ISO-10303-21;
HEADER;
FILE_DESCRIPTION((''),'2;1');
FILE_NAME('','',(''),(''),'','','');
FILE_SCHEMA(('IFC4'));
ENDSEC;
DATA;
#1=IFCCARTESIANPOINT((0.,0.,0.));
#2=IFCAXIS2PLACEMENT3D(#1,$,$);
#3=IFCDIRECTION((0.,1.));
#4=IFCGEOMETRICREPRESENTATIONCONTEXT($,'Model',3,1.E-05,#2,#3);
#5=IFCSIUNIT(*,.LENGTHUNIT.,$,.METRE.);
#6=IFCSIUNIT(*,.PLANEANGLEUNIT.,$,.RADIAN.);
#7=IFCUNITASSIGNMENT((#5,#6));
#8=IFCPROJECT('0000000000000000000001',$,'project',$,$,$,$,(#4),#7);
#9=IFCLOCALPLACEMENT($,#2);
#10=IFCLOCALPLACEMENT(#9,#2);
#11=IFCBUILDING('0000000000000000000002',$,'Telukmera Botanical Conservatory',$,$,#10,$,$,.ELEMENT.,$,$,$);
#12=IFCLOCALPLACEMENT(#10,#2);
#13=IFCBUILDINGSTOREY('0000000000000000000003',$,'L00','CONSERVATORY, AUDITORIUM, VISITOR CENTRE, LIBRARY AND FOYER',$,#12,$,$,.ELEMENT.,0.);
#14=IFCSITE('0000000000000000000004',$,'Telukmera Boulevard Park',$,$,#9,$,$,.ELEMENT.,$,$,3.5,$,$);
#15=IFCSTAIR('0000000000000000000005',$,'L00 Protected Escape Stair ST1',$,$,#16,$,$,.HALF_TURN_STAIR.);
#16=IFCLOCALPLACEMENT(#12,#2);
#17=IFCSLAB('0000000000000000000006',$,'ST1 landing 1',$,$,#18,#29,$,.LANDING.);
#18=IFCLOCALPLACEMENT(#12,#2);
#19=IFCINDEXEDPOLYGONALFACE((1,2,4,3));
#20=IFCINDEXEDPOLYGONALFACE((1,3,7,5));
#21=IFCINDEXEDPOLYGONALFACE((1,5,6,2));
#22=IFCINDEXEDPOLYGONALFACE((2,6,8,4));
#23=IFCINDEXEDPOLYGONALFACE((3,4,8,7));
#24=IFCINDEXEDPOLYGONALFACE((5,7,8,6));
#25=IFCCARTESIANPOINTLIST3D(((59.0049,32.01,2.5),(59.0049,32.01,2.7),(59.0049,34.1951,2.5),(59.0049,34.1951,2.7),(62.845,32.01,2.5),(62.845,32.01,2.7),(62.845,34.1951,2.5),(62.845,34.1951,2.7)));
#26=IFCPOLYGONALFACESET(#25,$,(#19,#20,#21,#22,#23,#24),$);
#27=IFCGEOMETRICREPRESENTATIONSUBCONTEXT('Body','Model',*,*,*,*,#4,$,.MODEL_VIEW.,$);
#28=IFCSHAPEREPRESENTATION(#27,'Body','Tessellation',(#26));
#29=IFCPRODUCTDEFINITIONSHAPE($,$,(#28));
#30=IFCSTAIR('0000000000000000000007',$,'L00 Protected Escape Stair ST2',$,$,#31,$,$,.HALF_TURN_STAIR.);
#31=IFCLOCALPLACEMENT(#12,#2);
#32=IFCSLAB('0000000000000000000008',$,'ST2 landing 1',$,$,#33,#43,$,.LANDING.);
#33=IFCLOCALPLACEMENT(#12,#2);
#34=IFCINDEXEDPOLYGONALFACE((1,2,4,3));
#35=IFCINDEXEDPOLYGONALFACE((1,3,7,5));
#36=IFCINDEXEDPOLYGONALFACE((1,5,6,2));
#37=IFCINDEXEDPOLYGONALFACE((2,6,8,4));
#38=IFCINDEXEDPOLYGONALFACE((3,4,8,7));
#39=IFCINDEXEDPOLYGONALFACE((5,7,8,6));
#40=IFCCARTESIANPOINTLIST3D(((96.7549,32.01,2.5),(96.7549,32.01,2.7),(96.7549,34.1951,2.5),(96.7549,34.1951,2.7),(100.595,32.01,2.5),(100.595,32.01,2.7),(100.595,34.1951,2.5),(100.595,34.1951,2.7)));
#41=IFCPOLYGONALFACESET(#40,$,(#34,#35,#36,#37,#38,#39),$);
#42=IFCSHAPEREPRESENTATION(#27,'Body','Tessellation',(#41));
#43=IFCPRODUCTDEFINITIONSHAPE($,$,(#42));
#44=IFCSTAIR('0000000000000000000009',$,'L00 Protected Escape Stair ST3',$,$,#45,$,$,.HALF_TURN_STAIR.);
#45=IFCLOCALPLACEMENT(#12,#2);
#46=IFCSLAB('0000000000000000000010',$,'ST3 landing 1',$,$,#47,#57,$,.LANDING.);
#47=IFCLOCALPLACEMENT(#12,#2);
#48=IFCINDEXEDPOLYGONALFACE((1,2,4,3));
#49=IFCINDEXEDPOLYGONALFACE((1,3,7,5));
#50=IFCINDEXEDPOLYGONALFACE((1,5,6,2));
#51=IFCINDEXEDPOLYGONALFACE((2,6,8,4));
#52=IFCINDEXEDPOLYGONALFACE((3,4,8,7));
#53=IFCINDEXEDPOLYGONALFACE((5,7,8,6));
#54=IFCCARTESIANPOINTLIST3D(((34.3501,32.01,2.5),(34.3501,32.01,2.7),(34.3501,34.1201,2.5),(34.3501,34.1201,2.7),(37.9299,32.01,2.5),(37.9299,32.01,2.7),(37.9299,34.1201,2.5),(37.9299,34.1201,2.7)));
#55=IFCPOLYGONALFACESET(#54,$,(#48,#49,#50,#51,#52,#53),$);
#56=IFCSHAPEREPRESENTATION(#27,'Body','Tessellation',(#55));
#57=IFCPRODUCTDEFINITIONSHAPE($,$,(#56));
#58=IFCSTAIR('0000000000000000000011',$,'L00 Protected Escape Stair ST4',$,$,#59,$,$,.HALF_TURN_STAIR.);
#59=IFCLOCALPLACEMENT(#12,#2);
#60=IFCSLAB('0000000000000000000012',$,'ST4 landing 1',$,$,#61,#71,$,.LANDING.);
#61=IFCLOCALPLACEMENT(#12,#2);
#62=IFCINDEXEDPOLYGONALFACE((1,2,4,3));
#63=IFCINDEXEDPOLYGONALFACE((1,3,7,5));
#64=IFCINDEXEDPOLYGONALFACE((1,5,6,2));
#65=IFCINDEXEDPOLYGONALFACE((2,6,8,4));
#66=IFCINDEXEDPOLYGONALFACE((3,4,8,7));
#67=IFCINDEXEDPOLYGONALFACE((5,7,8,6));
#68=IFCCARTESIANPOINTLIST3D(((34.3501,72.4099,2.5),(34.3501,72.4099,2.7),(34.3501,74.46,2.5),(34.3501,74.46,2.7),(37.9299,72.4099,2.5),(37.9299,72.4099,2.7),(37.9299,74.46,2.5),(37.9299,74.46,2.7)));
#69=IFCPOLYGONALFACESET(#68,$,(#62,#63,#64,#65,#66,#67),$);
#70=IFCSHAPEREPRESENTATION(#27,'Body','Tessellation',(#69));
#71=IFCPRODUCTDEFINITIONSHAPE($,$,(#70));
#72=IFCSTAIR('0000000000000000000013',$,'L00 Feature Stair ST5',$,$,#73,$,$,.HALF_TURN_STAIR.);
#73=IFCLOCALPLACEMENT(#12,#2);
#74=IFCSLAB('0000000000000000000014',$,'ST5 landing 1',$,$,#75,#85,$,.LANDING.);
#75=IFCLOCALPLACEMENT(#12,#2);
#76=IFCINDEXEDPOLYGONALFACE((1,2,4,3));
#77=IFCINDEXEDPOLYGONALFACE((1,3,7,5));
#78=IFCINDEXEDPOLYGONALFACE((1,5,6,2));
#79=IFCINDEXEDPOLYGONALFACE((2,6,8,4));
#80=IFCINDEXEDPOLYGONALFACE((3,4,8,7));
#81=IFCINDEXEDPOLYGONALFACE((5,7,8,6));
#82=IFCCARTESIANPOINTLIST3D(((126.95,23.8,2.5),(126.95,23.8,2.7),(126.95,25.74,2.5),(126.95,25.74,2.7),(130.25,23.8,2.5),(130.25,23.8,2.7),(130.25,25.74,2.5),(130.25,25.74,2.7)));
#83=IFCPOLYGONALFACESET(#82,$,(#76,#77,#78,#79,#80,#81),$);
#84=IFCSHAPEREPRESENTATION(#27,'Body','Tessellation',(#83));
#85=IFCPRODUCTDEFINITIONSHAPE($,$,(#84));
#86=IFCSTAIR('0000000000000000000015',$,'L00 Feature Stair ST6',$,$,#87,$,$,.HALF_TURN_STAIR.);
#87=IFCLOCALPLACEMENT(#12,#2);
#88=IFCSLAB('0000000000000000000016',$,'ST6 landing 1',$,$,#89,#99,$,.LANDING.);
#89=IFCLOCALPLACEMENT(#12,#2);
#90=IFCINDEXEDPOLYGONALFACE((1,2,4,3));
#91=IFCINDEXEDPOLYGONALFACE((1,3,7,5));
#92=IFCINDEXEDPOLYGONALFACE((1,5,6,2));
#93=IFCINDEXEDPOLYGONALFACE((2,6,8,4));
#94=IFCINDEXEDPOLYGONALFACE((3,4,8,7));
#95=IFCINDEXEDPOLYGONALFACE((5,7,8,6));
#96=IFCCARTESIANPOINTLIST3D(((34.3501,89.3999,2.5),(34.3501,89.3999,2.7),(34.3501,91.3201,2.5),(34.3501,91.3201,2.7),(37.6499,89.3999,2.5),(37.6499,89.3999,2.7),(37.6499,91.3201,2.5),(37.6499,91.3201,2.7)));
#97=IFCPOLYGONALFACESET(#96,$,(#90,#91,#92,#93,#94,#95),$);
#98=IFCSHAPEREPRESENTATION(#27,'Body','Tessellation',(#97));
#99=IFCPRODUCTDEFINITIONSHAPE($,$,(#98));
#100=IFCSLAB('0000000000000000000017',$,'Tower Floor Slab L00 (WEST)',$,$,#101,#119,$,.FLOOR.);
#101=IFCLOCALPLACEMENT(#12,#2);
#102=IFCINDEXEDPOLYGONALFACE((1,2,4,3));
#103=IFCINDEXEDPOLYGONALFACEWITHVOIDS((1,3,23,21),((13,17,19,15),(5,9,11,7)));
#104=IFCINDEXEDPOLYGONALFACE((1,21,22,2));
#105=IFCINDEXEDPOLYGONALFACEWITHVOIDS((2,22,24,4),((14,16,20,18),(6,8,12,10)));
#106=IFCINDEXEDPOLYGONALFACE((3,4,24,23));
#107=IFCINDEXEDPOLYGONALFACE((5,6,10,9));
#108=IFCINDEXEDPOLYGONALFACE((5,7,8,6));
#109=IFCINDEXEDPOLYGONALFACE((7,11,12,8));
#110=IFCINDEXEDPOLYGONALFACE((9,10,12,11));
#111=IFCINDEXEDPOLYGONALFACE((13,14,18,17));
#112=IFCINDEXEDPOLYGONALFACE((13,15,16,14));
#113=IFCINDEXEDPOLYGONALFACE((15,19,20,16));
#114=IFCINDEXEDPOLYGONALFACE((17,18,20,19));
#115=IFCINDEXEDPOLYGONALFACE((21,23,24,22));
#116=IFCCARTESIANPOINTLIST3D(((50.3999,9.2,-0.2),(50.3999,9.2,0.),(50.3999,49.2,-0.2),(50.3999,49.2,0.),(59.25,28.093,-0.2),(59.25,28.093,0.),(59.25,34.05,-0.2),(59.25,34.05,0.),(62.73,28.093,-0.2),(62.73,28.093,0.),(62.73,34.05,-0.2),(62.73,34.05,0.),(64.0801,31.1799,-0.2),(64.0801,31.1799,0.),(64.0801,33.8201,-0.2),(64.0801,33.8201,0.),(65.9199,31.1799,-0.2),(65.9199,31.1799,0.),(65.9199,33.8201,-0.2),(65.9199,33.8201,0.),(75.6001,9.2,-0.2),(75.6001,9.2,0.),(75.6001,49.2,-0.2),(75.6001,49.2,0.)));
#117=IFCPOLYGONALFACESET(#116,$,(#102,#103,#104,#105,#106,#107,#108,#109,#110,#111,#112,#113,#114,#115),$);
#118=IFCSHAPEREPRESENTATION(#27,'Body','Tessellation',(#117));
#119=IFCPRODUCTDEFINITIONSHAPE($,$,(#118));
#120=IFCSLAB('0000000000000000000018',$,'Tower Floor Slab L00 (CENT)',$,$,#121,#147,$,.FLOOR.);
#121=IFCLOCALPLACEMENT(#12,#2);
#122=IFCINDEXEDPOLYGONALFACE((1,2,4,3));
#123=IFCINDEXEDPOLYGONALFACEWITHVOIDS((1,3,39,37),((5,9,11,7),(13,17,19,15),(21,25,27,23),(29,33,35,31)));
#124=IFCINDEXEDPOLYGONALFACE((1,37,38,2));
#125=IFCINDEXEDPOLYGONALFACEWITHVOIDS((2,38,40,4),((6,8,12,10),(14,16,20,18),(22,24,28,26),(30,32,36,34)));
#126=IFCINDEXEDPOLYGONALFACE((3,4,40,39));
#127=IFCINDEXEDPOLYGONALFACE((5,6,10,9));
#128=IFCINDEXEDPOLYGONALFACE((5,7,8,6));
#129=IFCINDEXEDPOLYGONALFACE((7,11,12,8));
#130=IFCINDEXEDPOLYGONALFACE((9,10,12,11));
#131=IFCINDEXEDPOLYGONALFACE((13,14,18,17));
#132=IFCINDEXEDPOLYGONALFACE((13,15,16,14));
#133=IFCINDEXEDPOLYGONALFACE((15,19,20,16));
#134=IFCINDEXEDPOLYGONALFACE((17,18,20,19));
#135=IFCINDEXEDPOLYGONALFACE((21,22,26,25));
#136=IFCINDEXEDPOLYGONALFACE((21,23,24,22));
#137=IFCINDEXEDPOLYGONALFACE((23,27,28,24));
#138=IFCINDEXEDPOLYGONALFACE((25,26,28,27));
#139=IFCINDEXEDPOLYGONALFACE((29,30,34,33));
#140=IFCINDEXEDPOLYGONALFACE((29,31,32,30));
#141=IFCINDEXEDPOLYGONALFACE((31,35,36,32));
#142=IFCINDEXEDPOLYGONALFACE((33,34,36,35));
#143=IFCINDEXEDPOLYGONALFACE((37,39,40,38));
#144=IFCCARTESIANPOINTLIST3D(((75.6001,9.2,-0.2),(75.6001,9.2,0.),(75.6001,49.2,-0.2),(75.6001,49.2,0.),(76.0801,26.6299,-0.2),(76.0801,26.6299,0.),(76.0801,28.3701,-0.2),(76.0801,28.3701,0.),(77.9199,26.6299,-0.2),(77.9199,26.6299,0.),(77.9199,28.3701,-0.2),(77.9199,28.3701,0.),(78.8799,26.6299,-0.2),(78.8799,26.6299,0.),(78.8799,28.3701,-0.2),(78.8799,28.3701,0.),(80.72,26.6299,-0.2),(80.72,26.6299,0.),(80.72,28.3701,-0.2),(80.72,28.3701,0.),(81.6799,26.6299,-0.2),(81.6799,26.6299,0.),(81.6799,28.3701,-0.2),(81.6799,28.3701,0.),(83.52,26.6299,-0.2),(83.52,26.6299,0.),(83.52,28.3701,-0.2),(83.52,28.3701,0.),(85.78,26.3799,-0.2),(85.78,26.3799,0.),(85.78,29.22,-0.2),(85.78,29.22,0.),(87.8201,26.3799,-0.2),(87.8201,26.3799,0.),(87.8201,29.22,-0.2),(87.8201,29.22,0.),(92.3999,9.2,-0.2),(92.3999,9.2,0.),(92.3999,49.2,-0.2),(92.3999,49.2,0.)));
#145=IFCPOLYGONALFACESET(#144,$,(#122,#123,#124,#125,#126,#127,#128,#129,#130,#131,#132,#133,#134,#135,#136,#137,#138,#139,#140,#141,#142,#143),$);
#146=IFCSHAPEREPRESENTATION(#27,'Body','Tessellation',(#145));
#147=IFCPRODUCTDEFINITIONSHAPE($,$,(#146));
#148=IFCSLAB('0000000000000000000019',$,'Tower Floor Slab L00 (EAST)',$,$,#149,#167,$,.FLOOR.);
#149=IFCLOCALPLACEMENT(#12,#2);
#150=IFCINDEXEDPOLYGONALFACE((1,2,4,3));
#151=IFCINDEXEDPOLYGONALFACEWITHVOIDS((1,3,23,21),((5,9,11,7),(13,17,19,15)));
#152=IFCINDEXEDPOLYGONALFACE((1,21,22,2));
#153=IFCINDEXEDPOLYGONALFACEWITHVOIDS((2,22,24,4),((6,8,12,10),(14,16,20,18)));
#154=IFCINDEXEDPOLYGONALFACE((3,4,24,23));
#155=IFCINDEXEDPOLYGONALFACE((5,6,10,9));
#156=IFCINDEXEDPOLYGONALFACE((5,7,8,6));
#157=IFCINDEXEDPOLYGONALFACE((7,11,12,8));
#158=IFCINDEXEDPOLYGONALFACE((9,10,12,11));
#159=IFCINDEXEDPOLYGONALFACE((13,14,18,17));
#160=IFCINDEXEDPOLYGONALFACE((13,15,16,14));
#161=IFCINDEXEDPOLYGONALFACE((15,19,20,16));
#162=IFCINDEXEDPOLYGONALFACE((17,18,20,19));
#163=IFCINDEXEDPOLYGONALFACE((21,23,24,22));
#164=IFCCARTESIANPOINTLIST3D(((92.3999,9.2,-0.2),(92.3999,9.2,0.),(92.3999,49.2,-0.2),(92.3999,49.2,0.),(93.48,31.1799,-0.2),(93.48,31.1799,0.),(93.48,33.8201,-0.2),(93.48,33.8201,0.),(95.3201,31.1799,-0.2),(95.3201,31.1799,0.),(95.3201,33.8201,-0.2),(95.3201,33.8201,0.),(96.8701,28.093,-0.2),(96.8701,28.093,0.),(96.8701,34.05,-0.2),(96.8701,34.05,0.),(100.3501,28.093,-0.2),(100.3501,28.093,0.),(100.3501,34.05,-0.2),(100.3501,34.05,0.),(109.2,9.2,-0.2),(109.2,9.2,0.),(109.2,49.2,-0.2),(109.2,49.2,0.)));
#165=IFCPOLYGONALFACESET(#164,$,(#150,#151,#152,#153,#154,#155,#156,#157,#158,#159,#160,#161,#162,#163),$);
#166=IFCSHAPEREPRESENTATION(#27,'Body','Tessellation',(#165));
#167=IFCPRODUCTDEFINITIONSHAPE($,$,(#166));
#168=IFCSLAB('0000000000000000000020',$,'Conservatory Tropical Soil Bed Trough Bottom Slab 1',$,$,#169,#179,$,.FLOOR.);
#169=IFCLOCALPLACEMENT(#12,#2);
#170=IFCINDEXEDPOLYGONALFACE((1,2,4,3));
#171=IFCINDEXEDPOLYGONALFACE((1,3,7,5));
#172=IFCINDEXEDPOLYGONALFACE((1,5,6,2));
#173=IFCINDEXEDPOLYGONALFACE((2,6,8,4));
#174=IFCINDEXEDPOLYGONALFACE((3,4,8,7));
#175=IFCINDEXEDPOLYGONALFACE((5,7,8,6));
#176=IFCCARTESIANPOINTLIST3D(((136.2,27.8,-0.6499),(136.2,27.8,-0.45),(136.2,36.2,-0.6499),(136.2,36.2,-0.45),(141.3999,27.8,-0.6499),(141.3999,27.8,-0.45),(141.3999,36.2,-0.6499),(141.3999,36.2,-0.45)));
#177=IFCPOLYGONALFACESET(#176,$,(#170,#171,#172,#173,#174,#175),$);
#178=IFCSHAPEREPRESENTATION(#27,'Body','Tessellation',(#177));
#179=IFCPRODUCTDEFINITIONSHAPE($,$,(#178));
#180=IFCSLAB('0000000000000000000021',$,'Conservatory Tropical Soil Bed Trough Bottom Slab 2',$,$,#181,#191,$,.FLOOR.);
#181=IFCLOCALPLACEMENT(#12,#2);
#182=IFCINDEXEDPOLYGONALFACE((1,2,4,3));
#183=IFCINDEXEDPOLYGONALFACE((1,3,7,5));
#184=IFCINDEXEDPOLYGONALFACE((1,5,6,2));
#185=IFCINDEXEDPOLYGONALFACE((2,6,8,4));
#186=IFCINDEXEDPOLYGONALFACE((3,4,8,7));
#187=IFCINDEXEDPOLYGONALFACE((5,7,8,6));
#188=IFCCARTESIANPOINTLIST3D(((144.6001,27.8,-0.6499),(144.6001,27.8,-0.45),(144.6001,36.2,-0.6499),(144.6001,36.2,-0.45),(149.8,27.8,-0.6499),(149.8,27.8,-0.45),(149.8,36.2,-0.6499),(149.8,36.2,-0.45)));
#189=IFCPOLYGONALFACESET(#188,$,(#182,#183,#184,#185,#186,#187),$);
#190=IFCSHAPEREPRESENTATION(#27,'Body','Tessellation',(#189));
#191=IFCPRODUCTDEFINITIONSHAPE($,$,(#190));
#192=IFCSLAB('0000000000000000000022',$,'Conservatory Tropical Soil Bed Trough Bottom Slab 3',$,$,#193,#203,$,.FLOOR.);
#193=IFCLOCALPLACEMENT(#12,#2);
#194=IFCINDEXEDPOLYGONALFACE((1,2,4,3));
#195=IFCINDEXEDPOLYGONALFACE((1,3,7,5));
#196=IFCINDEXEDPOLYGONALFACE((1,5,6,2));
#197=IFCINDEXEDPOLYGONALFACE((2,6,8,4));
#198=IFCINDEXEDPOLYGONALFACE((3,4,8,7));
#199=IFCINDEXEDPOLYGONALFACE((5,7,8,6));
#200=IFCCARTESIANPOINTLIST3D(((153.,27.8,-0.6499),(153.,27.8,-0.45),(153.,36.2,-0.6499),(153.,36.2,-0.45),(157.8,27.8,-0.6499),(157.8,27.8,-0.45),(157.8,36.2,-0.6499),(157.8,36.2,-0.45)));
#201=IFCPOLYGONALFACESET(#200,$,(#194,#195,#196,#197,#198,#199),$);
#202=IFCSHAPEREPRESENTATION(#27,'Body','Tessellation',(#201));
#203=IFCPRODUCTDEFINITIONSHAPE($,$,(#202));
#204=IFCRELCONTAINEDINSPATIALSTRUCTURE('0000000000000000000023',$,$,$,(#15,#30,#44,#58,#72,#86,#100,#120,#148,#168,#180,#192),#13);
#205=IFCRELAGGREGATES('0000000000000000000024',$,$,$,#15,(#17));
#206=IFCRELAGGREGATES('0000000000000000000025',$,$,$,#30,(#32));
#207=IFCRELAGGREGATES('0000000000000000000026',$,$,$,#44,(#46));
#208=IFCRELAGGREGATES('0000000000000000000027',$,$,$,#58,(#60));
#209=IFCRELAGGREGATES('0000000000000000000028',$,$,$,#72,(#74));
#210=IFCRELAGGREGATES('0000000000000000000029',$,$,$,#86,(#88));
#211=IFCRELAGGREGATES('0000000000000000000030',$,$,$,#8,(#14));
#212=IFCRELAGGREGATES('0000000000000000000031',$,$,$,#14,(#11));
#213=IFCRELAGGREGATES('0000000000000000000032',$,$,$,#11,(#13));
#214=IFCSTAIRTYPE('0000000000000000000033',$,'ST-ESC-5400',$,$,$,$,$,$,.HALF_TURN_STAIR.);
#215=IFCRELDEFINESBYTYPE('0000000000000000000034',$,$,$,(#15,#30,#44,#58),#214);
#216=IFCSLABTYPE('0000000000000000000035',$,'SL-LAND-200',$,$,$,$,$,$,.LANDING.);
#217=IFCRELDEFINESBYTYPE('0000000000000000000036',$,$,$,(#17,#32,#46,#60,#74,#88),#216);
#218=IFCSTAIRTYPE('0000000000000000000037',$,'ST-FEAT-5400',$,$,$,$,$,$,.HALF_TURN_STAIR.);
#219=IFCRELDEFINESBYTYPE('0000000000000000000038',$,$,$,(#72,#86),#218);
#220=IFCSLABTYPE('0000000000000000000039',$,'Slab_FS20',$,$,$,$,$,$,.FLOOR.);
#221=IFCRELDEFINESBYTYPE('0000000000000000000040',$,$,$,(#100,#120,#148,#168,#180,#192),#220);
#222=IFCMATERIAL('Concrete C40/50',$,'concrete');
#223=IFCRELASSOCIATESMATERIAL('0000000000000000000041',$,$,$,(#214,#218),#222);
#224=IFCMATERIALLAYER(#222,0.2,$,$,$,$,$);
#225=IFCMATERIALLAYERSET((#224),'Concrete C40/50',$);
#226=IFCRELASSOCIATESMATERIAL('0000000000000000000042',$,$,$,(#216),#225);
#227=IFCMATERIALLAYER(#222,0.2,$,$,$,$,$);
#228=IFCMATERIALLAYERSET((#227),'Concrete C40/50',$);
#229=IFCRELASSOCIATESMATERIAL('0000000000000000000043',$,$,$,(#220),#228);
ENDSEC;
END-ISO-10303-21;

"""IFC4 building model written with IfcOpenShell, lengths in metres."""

from ifc_helpers import new_model, si_unit, direction, frame, origin, place, context, subcontext, project, spatial, polyline, outline, extrude, material, layer, layer_set, type_object, element, aggregate, save


model = new_model("IFC4")

# Units and contexts
model_context = context("Model", 3, precision=1e-05, world=origin(), true_north=direction((0.0, 1.0)))
body_context = subcontext(model_context, "Body", "Model", "MODEL_VIEW")
ifc_project = project(units=[si_unit("LENGTHUNIT", "METRE"), si_unit("PLANEANGLEUNIT", "RADIAN")], contexts=[model_context])

# Site, building, storey
site_placement = place(None, origin())
site = spatial("IfcSite", under=ifc_project, at=site_placement, Name="Telukmera Boulevard Park", CompositionType="ELEMENT", RefElevation=3.5)
building_placement = place(site_placement, origin())
building = spatial("IfcBuilding", under=site, at=building_placement, Name="Telukmera Botanical Conservatory", CompositionType="ELEMENT")
storey_placement = place(building_placement, origin())
storey = spatial("IfcBuildingStorey", under=building, at=storey_placement, Name="L00", Description="CONSERVATORY, AUDITORIUM, VISITOR CENTRE, LIBRARY AND FOYER", CompositionType="ELEMENT", Elevation=0.0)

# Stairs, slabs
ifc_material_1 = material(Name="Concrete C40/50", Category="concrete")
stair_type_1 = type_object("IfcStairType", Name="ST-ESC-5400", PredefinedType="HALF_TURN_STAIR", material=ifc_material_1)
stair_1_placement = place(storey_placement, origin())
stair_1 = element("IfcStair", 1, at=stair_1_placement, inside=storey, type_object=stair_type_1, Name="L00 Protected Escape Stair ST1", PredefinedType="HALF_TURN_STAIR")
ifc_layer_1 = layer(ifc_material_1, 0.2)
ifc_layer_set_1 = layer_set([ifc_layer_1], Name="Concrete C40/50")
slab_type_1 = type_object("IfcSlabType", Name="SL-LAND-200", PredefinedType="LANDING", material=ifc_layer_set_1)
slab_1_placement = place(storey_placement, frame((0.0, 0.0, 2.5)))
slab_1 = element("IfcSlab", 2, at=slab_1_placement, type_object=slab_type_1, Name="ST1 landing 1", PredefinedType="LANDING", context=body_context, shape_type="SweptSolid", body=[
    extrude(outline(polyline([(59.0049, 32.01), (62.845, 32.01), (62.845, 34.1951), (59.0049, 34.1951), (59.0049, 32.01)])), origin(), (0.0, 0.0, 1.0), 0.2),
])
aggregate(stair_1, [slab_1])
stair_2_placement = place(storey_placement, origin())
stair_2 = element("IfcStair", 3, at=stair_2_placement, inside=storey, type_object=stair_type_1, Name="L00 Protected Escape Stair ST2", PredefinedType="HALF_TURN_STAIR")
slab_2_placement = place(storey_placement, frame((0.0, 0.0, 2.5)))
slab_2 = element("IfcSlab", 4, at=slab_2_placement, type_object=slab_type_1, Name="ST2 landing 1", PredefinedType="LANDING", context=body_context, shape_type="SweptSolid", body=[
    extrude(outline(polyline([(96.7549, 32.01), (100.595, 32.01), (100.595, 34.1951), (96.7549, 34.1951), (96.7549, 32.01)])), origin(), (0.0, 0.0, 1.0), 0.2),
])
aggregate(stair_2, [slab_2])
stair_3_placement = place(storey_placement, origin())
stair_3 = element("IfcStair", 5, at=stair_3_placement, inside=storey, type_object=stair_type_1, Name="L00 Protected Escape Stair ST3", PredefinedType="HALF_TURN_STAIR")
slab_3_placement = place(storey_placement, frame((0.0, 0.0, 2.5)))
slab_3 = element("IfcSlab", 6, at=slab_3_placement, type_object=slab_type_1, Name="ST3 landing 1", PredefinedType="LANDING", context=body_context, shape_type="SweptSolid", body=[
    extrude(outline(polyline([(34.3501, 32.01), (37.9299, 32.01), (37.9299, 34.1201), (34.3501, 34.1201), (34.3501, 32.01)])), origin(), (0.0, 0.0, 1.0), 0.2),
])
aggregate(stair_3, [slab_3])
stair_4_placement = place(storey_placement, origin())
stair_4 = element("IfcStair", 7, at=stair_4_placement, inside=storey, type_object=stair_type_1, Name="L00 Protected Escape Stair ST4", PredefinedType="HALF_TURN_STAIR")
slab_4_placement = place(storey_placement, frame((0.0, 0.0, 2.5)))
slab_4 = element("IfcSlab", 8, at=slab_4_placement, type_object=slab_type_1, Name="ST4 landing 1", PredefinedType="LANDING", context=body_context, shape_type="SweptSolid", body=[
    extrude(outline(polyline([(34.3501, 72.4099), (37.9299, 72.4099), (37.9299, 74.46), (34.3501, 74.46), (34.3501, 72.4099)])), origin(), (0.0, 0.0, 1.0), 0.2),
])
aggregate(stair_4, [slab_4])
stair_type_2 = type_object("IfcStairType", Name="ST-FEAT-5400", PredefinedType="HALF_TURN_STAIR", material=ifc_material_1)
stair_5_placement = place(storey_placement, origin())
stair_5 = element("IfcStair", 9, at=stair_5_placement, inside=storey, type_object=stair_type_2, Name="L00 Feature Stair ST5", PredefinedType="HALF_TURN_STAIR")
slab_5_placement = place(storey_placement, frame((0.0, 0.0, 2.5)))
slab_5 = element("IfcSlab", 10, at=slab_5_placement, type_object=slab_type_1, Name="ST5 landing 1", PredefinedType="LANDING", context=body_context, shape_type="SweptSolid", body=[
    extrude(outline(polyline([(126.95, 23.8), (130.25, 23.8), (130.25, 25.74), (126.95, 25.74), (126.95, 23.8)])), origin(), (0.0, 0.0, 1.0), 0.2),
])
aggregate(stair_5, [slab_5])
stair_6_placement = place(storey_placement, origin())
stair_6 = element("IfcStair", 11, at=stair_6_placement, inside=storey, type_object=stair_type_2, Name="L00 Feature Stair ST6", PredefinedType="HALF_TURN_STAIR")
slab_6_placement = place(storey_placement, frame((0.0, 0.0, 2.5)))
slab_6 = element("IfcSlab", 12, at=slab_6_placement, type_object=slab_type_1, Name="ST6 landing 1", PredefinedType="LANDING", context=body_context, shape_type="SweptSolid", body=[
    extrude(outline(polyline([(34.3501, 89.3999), (37.6499, 89.3999), (37.6499, 91.3201), (34.3501, 91.3201), (34.3501, 89.3999)])), origin(), (0.0, 0.0, 1.0), 0.2),
])
aggregate(stair_6, [slab_6])

# Slabs
ifc_layer_2 = layer(ifc_material_1, 0.2)
ifc_layer_set_2 = layer_set([ifc_layer_2], Name="Concrete C40/50")
slab_type_2 = type_object("IfcSlabType", Name="Slab_FS20", PredefinedType="FLOOR", material=ifc_layer_set_2)
slab_7_placement = place(storey_placement, frame((0.0, 0.0, -0.2)))
element("IfcSlab", 13, at=slab_7_placement, inside=storey, type_object=slab_type_2, Name="Tower Floor Slab L00 (WEST)", PredefinedType="FLOOR", context=body_context, shape_type="SweptSolid", body=[
    extrude(outline(polyline([(50.3999, 9.2), (75.6001, 9.2), (75.6001, 49.2), (50.3999, 49.2), (50.3999, 9.2)]), holes=[polyline([(62.73, 28.093), (62.73, 34.05), (59.25, 34.05), (59.25, 28.093), (62.73, 28.093)]), polyline([(64.0801, 31.1799), (65.9199, 31.1799), (65.9199, 33.8201), (64.0801, 33.8201), (64.0801, 31.1799)])]), origin(), (0.0, 0.0, 1.0), 0.2),
])
slab_8_placement = place(storey_placement, frame((0.0, 0.0, -0.2)))
element("IfcSlab", 14, at=slab_8_placement, inside=storey, type_object=slab_type_2, Name="Tower Floor Slab L00 (CENT)", PredefinedType="FLOOR", context=body_context, shape_type="SweptSolid", body=[
    extrude(outline(polyline([(75.6001, 9.2), (92.3999, 9.2), (92.3999, 49.2), (75.6001, 49.2), (75.6001, 9.2)]), holes=[polyline([(85.78, 26.3799), (87.8201, 26.3799), (87.8201, 29.22), (85.78, 29.22), (85.78, 26.3799)]), polyline([(76.0801, 26.6299), (77.9199, 26.6299), (77.9199, 28.3701), (76.0801, 28.3701), (76.0801, 26.6299)]), polyline([(78.8799, 26.6299), (80.72, 26.6299), (80.72, 28.3701), (78.8799, 28.3701), (78.8799, 26.6299)]), polyline([(81.6799, 26.6299), (83.52, 26.6299), (83.52, 28.3701), (81.6799, 28.3701), (81.6799, 26.6299)])]), origin(), (0.0, 0.0, 1.0), 0.2),
])
slab_9_placement = place(storey_placement, frame((0.0, 0.0, -0.2)))
element("IfcSlab", 15, at=slab_9_placement, inside=storey, type_object=slab_type_2, Name="Tower Floor Slab L00 (EAST)", PredefinedType="FLOOR", context=body_context, shape_type="SweptSolid", body=[
    extrude(outline(polyline([(92.3999, 9.2), (109.2, 9.2), (109.2, 49.2), (92.3999, 49.2), (92.3999, 9.2)]), holes=[polyline([(100.3501, 28.093), (100.3501, 34.05), (96.8701, 34.05), (96.8701, 28.093), (100.3501, 28.093)]), polyline([(93.48, 31.1799), (95.3201, 31.1799), (95.3201, 33.8201), (93.48, 33.8201), (93.48, 31.1799)])]), origin(), (0.0, 0.0, 1.0), 0.2),
])
slab_10_placement = place(storey_placement, frame((0.0, 0.0, -0.6499)))
element("IfcSlab", 16, at=slab_10_placement, inside=storey, type_object=slab_type_2, Name="Conservatory Tropical Soil Bed Trough Bottom Slab 1", PredefinedType="FLOOR", context=body_context, shape_type="SweptSolid", body=[
    extrude(outline(polyline([(136.2, 27.8), (141.3999, 27.8), (141.3999, 36.2), (136.2, 36.2), (136.2, 27.8)])), origin(), (0.0, 0.0, 1.0), 0.2),
])
slab_11_placement = place(storey_placement, frame((0.0, 0.0, -0.6499)))
element("IfcSlab", 17, at=slab_11_placement, inside=storey, type_object=slab_type_2, Name="Conservatory Tropical Soil Bed Trough Bottom Slab 2", PredefinedType="FLOOR", context=body_context, shape_type="SweptSolid", body=[
    extrude(outline(polyline([(144.6001, 27.8), (149.8, 27.8), (149.8, 36.2), (144.6001, 36.2), (144.6001, 27.8)])), origin(), (0.0, 0.0, 1.0), 0.2),
])
slab_12_placement = place(storey_placement, frame((0.0, 0.0, -0.6499)))
element("IfcSlab", 18, at=slab_12_placement, inside=storey, type_object=slab_type_2, Name="Conservatory Tropical Soil Bed Trough Bottom Slab 3", PredefinedType="FLOOR", context=body_context, shape_type="SweptSolid", body=[
    extrude(outline(polyline([(153.0, 27.8), (157.8, 27.8), (157.8, 36.2), (153.0, 36.2), (153.0, 27.8)])), origin(), (0.0, 0.0, 1.0), 0.2),
])

save(model, "model.ifc")
